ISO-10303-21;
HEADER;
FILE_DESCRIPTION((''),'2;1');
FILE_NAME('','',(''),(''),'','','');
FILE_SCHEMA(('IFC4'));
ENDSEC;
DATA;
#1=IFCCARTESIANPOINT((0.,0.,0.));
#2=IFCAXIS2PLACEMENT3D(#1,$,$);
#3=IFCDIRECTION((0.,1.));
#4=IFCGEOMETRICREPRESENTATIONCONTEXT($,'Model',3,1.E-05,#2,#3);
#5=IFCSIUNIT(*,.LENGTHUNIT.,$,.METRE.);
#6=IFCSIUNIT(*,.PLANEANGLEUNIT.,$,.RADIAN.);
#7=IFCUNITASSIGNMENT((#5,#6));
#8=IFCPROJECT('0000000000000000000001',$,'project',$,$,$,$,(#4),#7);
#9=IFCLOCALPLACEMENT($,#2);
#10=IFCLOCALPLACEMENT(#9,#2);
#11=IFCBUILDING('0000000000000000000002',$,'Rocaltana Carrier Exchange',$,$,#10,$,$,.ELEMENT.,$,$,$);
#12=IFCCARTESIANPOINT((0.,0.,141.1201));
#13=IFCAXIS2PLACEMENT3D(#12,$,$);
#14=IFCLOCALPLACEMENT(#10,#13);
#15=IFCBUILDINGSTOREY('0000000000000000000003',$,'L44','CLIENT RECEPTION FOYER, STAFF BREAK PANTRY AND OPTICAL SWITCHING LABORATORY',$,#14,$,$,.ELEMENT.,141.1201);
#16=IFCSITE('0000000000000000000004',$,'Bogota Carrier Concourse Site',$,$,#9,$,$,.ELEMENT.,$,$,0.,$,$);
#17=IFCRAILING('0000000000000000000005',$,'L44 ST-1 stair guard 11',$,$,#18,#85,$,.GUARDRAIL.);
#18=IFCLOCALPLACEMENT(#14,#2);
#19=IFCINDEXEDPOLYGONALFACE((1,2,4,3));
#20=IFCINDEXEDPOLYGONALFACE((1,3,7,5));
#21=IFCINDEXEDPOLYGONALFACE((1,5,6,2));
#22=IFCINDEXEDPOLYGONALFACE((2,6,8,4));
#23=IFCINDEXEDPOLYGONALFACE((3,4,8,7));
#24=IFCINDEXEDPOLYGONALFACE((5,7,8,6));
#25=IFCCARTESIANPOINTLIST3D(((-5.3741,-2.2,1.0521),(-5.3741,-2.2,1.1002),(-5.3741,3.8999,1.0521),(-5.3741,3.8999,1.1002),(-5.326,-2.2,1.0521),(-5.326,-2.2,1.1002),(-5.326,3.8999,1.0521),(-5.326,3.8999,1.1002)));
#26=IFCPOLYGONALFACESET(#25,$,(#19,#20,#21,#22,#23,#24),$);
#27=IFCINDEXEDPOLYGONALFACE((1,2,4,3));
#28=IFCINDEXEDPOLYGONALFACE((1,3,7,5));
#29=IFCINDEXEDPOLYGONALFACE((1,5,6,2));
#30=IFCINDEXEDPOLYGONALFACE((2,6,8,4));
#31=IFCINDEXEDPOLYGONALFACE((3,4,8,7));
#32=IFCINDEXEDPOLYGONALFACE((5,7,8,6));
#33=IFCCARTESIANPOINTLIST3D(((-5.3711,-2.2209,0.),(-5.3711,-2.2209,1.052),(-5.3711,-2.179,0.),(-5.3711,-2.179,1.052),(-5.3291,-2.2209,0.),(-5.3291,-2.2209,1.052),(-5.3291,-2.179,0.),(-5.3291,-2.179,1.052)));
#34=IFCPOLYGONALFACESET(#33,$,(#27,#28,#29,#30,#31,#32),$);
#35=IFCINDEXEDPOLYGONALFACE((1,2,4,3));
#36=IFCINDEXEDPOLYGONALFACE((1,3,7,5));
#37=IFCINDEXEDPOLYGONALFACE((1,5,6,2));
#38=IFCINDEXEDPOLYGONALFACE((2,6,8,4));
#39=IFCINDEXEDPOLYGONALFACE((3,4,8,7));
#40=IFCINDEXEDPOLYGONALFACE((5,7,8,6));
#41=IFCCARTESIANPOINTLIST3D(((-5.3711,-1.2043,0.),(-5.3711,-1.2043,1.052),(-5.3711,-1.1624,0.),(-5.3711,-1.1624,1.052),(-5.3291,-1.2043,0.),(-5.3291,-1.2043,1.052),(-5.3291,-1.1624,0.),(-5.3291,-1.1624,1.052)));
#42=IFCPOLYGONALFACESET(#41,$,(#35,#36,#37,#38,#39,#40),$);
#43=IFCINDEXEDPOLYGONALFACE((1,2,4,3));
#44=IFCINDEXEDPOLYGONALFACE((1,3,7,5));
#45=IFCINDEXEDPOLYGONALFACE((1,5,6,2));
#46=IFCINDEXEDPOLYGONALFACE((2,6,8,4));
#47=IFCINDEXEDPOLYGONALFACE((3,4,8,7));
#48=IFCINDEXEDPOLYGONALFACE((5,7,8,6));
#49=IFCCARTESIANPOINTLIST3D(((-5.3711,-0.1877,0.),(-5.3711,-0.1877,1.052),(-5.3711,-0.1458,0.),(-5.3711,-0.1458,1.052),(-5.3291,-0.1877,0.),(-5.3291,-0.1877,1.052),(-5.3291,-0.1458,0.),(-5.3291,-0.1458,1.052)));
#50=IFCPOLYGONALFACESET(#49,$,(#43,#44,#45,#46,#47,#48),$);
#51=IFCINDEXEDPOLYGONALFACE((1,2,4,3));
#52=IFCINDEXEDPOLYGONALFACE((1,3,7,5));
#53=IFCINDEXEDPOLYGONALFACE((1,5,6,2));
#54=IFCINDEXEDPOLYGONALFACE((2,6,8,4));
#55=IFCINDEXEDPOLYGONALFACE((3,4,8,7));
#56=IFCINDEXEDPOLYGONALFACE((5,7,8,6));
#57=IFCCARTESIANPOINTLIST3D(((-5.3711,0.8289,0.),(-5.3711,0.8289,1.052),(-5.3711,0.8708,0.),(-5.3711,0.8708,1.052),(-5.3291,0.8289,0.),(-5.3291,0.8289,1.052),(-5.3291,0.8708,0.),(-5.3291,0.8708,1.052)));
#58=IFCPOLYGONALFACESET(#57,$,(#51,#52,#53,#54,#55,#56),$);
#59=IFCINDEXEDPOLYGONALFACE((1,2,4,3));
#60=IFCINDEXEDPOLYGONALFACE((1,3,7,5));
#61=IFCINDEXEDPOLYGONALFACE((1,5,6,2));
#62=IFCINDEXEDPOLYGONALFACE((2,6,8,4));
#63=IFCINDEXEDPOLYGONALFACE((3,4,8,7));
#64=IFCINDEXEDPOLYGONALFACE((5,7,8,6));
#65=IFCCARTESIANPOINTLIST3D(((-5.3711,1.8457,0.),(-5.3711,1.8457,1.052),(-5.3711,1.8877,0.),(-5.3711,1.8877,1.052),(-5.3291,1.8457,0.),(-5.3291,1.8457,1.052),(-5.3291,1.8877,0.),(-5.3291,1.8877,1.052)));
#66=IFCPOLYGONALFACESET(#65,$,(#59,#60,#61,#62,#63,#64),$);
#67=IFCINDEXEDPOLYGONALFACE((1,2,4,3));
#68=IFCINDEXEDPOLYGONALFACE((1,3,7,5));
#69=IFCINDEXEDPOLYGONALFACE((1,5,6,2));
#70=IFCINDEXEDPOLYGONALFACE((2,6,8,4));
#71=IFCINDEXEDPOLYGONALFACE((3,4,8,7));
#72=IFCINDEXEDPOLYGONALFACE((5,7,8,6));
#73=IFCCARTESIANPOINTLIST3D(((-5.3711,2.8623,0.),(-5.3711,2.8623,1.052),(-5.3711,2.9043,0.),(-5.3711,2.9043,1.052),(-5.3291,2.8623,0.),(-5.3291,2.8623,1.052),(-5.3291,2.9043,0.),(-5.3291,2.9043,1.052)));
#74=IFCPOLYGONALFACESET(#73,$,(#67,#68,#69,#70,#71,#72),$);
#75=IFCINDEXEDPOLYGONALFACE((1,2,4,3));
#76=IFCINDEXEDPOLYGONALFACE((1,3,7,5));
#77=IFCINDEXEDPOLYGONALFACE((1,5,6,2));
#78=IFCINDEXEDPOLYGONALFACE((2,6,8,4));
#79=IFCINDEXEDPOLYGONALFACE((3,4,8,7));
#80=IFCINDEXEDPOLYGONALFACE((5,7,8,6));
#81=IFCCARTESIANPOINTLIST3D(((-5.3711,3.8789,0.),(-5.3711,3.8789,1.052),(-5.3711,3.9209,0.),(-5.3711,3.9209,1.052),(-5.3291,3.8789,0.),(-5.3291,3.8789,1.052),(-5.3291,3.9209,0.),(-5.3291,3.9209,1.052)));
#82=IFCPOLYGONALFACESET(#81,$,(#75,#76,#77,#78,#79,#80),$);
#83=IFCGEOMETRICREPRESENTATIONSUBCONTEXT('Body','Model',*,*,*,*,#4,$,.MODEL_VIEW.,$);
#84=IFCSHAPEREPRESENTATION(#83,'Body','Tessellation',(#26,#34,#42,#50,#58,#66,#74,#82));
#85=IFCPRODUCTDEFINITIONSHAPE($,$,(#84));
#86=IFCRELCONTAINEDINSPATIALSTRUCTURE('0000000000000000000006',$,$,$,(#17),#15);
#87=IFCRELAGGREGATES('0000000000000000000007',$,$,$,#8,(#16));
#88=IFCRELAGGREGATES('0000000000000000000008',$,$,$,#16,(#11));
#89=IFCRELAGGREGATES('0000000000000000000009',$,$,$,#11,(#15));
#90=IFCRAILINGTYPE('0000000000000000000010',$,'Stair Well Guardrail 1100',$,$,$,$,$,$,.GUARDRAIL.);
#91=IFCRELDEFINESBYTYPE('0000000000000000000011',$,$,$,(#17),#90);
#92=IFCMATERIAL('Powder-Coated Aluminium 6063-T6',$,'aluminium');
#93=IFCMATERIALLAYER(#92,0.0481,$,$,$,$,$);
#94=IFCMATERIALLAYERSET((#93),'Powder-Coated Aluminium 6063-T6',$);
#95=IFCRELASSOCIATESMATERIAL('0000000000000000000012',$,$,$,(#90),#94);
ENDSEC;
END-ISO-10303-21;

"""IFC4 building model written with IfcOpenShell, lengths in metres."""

from ifc_helpers import new_model, si_unit, direction, frame, origin, origin_2d, place, context, subcontext, project, spatial, rectangle, extrude, material, layer, layer_set, type_object, element, save


model = new_model("IFC4")

# Units and contexts
model_context = context("Model", 3, precision=1e-05, world=origin(), true_north=direction((0.0, 1.0)))
body_context = subcontext(model_context, "Body", "Model", "MODEL_VIEW")
ifc_project = project(units=[si_unit("LENGTHUNIT", "METRE"), si_unit("PLANEANGLEUNIT", "RADIAN")], contexts=[model_context])

# Site, building, storey
site_placement = place(None, origin())
site = spatial("IfcSite", under=ifc_project, at=site_placement, Name="Bogota Carrier Concourse Site", CompositionType="ELEMENT", RefElevation=0.0)
building_placement = place(site_placement, origin())
building = spatial("IfcBuilding", under=site, at=building_placement, Name="Rocaltana Carrier Exchange", CompositionType="ELEMENT")
storey_placement = place(building_placement, frame((0.0, 0.0, 141.1201)))
storey = spatial("IfcBuildingStorey", under=building, at=storey_placement, Name="L44", Description="CLIENT RECEPTION FOYER, STAFF BREAK PANTRY AND OPTICAL SWITCHING LABORATORY", CompositionType="ELEMENT", Elevation=141.1201)

# Railing
ifc_material_1 = material(Name="Powder-Coated Aluminium 6063-T6", Category="aluminium")
ifc_layer_1 = layer(ifc_material_1, 0.0481)
ifc_layer_set_1 = layer_set([ifc_layer_1], Name="Powder-Coated Aluminium 6063-T6")
railing_type_1 = type_object("IfcRailingType", Name="Stair Well Guardrail 1100", PredefinedType="GUARDRAIL", material=ifc_layer_set_1)
for number, where, name in (
    (1, (-5.3501, -2.2, 0.0), "L44 ST-1 stair guard 11"),
):
    element("IfcRailing", number, at=place(storey_placement, frame(where)), inside=storey, type_object=railing_type_1, Name=name, PredefinedType="GUARDRAIL", context=body_context, shape_type="SweptSolid", body=[
        extrude(rectangle(XDim=0.0481, YDim=0.0481, at=origin_2d()), frame((0.0, 0.0, 1.0762), z_axis=(0.0, 1.0, 0.0), x_axis=(-1.0, 0.0, 0.0)), (0.0, 0.0, 1.0), 6.0999),
        extrude(rectangle(XDim=0.042, YDim=0.042, at=origin_2d()), origin(), (0.0, 0.0, 1.0), 1.052),
        extrude(rectangle(XDim=0.042, YDim=0.042, at=origin_2d()), frame((0.0, 1.0166, 0.0)), (0.0, 0.0, 1.0), 1.052),
        extrude(rectangle(XDim=0.042, YDim=0.042, at=origin_2d()), frame((0.0, 2.0332, 0.0)), (0.0, 0.0, 1.0), 1.052),
        extrude(rectangle(XDim=0.042, YDim=0.042, at=origin_2d()), frame((0.0, 3.0498, 0.0)), (0.0, 0.0, 1.0), 1.052),
        extrude(rectangle(XDim=0.042, YDim=0.042, at=origin_2d()), frame((0.0, 4.0667, 0.0)), (0.0, 0.0, 1.0), 1.052),
        extrude(rectangle(XDim=0.042, YDim=0.042, at=origin_2d()), frame((0.0, 5.0833, 0.0)), (0.0, 0.0, 1.0), 1.052),
        extrude(rectangle(XDim=0.042, YDim=0.042, at=origin_2d()), frame((0.0, 6.0999, 0.0)), (0.0, 0.0, 1.0), 1.052),
    ])

save(model, "model.ifc")
